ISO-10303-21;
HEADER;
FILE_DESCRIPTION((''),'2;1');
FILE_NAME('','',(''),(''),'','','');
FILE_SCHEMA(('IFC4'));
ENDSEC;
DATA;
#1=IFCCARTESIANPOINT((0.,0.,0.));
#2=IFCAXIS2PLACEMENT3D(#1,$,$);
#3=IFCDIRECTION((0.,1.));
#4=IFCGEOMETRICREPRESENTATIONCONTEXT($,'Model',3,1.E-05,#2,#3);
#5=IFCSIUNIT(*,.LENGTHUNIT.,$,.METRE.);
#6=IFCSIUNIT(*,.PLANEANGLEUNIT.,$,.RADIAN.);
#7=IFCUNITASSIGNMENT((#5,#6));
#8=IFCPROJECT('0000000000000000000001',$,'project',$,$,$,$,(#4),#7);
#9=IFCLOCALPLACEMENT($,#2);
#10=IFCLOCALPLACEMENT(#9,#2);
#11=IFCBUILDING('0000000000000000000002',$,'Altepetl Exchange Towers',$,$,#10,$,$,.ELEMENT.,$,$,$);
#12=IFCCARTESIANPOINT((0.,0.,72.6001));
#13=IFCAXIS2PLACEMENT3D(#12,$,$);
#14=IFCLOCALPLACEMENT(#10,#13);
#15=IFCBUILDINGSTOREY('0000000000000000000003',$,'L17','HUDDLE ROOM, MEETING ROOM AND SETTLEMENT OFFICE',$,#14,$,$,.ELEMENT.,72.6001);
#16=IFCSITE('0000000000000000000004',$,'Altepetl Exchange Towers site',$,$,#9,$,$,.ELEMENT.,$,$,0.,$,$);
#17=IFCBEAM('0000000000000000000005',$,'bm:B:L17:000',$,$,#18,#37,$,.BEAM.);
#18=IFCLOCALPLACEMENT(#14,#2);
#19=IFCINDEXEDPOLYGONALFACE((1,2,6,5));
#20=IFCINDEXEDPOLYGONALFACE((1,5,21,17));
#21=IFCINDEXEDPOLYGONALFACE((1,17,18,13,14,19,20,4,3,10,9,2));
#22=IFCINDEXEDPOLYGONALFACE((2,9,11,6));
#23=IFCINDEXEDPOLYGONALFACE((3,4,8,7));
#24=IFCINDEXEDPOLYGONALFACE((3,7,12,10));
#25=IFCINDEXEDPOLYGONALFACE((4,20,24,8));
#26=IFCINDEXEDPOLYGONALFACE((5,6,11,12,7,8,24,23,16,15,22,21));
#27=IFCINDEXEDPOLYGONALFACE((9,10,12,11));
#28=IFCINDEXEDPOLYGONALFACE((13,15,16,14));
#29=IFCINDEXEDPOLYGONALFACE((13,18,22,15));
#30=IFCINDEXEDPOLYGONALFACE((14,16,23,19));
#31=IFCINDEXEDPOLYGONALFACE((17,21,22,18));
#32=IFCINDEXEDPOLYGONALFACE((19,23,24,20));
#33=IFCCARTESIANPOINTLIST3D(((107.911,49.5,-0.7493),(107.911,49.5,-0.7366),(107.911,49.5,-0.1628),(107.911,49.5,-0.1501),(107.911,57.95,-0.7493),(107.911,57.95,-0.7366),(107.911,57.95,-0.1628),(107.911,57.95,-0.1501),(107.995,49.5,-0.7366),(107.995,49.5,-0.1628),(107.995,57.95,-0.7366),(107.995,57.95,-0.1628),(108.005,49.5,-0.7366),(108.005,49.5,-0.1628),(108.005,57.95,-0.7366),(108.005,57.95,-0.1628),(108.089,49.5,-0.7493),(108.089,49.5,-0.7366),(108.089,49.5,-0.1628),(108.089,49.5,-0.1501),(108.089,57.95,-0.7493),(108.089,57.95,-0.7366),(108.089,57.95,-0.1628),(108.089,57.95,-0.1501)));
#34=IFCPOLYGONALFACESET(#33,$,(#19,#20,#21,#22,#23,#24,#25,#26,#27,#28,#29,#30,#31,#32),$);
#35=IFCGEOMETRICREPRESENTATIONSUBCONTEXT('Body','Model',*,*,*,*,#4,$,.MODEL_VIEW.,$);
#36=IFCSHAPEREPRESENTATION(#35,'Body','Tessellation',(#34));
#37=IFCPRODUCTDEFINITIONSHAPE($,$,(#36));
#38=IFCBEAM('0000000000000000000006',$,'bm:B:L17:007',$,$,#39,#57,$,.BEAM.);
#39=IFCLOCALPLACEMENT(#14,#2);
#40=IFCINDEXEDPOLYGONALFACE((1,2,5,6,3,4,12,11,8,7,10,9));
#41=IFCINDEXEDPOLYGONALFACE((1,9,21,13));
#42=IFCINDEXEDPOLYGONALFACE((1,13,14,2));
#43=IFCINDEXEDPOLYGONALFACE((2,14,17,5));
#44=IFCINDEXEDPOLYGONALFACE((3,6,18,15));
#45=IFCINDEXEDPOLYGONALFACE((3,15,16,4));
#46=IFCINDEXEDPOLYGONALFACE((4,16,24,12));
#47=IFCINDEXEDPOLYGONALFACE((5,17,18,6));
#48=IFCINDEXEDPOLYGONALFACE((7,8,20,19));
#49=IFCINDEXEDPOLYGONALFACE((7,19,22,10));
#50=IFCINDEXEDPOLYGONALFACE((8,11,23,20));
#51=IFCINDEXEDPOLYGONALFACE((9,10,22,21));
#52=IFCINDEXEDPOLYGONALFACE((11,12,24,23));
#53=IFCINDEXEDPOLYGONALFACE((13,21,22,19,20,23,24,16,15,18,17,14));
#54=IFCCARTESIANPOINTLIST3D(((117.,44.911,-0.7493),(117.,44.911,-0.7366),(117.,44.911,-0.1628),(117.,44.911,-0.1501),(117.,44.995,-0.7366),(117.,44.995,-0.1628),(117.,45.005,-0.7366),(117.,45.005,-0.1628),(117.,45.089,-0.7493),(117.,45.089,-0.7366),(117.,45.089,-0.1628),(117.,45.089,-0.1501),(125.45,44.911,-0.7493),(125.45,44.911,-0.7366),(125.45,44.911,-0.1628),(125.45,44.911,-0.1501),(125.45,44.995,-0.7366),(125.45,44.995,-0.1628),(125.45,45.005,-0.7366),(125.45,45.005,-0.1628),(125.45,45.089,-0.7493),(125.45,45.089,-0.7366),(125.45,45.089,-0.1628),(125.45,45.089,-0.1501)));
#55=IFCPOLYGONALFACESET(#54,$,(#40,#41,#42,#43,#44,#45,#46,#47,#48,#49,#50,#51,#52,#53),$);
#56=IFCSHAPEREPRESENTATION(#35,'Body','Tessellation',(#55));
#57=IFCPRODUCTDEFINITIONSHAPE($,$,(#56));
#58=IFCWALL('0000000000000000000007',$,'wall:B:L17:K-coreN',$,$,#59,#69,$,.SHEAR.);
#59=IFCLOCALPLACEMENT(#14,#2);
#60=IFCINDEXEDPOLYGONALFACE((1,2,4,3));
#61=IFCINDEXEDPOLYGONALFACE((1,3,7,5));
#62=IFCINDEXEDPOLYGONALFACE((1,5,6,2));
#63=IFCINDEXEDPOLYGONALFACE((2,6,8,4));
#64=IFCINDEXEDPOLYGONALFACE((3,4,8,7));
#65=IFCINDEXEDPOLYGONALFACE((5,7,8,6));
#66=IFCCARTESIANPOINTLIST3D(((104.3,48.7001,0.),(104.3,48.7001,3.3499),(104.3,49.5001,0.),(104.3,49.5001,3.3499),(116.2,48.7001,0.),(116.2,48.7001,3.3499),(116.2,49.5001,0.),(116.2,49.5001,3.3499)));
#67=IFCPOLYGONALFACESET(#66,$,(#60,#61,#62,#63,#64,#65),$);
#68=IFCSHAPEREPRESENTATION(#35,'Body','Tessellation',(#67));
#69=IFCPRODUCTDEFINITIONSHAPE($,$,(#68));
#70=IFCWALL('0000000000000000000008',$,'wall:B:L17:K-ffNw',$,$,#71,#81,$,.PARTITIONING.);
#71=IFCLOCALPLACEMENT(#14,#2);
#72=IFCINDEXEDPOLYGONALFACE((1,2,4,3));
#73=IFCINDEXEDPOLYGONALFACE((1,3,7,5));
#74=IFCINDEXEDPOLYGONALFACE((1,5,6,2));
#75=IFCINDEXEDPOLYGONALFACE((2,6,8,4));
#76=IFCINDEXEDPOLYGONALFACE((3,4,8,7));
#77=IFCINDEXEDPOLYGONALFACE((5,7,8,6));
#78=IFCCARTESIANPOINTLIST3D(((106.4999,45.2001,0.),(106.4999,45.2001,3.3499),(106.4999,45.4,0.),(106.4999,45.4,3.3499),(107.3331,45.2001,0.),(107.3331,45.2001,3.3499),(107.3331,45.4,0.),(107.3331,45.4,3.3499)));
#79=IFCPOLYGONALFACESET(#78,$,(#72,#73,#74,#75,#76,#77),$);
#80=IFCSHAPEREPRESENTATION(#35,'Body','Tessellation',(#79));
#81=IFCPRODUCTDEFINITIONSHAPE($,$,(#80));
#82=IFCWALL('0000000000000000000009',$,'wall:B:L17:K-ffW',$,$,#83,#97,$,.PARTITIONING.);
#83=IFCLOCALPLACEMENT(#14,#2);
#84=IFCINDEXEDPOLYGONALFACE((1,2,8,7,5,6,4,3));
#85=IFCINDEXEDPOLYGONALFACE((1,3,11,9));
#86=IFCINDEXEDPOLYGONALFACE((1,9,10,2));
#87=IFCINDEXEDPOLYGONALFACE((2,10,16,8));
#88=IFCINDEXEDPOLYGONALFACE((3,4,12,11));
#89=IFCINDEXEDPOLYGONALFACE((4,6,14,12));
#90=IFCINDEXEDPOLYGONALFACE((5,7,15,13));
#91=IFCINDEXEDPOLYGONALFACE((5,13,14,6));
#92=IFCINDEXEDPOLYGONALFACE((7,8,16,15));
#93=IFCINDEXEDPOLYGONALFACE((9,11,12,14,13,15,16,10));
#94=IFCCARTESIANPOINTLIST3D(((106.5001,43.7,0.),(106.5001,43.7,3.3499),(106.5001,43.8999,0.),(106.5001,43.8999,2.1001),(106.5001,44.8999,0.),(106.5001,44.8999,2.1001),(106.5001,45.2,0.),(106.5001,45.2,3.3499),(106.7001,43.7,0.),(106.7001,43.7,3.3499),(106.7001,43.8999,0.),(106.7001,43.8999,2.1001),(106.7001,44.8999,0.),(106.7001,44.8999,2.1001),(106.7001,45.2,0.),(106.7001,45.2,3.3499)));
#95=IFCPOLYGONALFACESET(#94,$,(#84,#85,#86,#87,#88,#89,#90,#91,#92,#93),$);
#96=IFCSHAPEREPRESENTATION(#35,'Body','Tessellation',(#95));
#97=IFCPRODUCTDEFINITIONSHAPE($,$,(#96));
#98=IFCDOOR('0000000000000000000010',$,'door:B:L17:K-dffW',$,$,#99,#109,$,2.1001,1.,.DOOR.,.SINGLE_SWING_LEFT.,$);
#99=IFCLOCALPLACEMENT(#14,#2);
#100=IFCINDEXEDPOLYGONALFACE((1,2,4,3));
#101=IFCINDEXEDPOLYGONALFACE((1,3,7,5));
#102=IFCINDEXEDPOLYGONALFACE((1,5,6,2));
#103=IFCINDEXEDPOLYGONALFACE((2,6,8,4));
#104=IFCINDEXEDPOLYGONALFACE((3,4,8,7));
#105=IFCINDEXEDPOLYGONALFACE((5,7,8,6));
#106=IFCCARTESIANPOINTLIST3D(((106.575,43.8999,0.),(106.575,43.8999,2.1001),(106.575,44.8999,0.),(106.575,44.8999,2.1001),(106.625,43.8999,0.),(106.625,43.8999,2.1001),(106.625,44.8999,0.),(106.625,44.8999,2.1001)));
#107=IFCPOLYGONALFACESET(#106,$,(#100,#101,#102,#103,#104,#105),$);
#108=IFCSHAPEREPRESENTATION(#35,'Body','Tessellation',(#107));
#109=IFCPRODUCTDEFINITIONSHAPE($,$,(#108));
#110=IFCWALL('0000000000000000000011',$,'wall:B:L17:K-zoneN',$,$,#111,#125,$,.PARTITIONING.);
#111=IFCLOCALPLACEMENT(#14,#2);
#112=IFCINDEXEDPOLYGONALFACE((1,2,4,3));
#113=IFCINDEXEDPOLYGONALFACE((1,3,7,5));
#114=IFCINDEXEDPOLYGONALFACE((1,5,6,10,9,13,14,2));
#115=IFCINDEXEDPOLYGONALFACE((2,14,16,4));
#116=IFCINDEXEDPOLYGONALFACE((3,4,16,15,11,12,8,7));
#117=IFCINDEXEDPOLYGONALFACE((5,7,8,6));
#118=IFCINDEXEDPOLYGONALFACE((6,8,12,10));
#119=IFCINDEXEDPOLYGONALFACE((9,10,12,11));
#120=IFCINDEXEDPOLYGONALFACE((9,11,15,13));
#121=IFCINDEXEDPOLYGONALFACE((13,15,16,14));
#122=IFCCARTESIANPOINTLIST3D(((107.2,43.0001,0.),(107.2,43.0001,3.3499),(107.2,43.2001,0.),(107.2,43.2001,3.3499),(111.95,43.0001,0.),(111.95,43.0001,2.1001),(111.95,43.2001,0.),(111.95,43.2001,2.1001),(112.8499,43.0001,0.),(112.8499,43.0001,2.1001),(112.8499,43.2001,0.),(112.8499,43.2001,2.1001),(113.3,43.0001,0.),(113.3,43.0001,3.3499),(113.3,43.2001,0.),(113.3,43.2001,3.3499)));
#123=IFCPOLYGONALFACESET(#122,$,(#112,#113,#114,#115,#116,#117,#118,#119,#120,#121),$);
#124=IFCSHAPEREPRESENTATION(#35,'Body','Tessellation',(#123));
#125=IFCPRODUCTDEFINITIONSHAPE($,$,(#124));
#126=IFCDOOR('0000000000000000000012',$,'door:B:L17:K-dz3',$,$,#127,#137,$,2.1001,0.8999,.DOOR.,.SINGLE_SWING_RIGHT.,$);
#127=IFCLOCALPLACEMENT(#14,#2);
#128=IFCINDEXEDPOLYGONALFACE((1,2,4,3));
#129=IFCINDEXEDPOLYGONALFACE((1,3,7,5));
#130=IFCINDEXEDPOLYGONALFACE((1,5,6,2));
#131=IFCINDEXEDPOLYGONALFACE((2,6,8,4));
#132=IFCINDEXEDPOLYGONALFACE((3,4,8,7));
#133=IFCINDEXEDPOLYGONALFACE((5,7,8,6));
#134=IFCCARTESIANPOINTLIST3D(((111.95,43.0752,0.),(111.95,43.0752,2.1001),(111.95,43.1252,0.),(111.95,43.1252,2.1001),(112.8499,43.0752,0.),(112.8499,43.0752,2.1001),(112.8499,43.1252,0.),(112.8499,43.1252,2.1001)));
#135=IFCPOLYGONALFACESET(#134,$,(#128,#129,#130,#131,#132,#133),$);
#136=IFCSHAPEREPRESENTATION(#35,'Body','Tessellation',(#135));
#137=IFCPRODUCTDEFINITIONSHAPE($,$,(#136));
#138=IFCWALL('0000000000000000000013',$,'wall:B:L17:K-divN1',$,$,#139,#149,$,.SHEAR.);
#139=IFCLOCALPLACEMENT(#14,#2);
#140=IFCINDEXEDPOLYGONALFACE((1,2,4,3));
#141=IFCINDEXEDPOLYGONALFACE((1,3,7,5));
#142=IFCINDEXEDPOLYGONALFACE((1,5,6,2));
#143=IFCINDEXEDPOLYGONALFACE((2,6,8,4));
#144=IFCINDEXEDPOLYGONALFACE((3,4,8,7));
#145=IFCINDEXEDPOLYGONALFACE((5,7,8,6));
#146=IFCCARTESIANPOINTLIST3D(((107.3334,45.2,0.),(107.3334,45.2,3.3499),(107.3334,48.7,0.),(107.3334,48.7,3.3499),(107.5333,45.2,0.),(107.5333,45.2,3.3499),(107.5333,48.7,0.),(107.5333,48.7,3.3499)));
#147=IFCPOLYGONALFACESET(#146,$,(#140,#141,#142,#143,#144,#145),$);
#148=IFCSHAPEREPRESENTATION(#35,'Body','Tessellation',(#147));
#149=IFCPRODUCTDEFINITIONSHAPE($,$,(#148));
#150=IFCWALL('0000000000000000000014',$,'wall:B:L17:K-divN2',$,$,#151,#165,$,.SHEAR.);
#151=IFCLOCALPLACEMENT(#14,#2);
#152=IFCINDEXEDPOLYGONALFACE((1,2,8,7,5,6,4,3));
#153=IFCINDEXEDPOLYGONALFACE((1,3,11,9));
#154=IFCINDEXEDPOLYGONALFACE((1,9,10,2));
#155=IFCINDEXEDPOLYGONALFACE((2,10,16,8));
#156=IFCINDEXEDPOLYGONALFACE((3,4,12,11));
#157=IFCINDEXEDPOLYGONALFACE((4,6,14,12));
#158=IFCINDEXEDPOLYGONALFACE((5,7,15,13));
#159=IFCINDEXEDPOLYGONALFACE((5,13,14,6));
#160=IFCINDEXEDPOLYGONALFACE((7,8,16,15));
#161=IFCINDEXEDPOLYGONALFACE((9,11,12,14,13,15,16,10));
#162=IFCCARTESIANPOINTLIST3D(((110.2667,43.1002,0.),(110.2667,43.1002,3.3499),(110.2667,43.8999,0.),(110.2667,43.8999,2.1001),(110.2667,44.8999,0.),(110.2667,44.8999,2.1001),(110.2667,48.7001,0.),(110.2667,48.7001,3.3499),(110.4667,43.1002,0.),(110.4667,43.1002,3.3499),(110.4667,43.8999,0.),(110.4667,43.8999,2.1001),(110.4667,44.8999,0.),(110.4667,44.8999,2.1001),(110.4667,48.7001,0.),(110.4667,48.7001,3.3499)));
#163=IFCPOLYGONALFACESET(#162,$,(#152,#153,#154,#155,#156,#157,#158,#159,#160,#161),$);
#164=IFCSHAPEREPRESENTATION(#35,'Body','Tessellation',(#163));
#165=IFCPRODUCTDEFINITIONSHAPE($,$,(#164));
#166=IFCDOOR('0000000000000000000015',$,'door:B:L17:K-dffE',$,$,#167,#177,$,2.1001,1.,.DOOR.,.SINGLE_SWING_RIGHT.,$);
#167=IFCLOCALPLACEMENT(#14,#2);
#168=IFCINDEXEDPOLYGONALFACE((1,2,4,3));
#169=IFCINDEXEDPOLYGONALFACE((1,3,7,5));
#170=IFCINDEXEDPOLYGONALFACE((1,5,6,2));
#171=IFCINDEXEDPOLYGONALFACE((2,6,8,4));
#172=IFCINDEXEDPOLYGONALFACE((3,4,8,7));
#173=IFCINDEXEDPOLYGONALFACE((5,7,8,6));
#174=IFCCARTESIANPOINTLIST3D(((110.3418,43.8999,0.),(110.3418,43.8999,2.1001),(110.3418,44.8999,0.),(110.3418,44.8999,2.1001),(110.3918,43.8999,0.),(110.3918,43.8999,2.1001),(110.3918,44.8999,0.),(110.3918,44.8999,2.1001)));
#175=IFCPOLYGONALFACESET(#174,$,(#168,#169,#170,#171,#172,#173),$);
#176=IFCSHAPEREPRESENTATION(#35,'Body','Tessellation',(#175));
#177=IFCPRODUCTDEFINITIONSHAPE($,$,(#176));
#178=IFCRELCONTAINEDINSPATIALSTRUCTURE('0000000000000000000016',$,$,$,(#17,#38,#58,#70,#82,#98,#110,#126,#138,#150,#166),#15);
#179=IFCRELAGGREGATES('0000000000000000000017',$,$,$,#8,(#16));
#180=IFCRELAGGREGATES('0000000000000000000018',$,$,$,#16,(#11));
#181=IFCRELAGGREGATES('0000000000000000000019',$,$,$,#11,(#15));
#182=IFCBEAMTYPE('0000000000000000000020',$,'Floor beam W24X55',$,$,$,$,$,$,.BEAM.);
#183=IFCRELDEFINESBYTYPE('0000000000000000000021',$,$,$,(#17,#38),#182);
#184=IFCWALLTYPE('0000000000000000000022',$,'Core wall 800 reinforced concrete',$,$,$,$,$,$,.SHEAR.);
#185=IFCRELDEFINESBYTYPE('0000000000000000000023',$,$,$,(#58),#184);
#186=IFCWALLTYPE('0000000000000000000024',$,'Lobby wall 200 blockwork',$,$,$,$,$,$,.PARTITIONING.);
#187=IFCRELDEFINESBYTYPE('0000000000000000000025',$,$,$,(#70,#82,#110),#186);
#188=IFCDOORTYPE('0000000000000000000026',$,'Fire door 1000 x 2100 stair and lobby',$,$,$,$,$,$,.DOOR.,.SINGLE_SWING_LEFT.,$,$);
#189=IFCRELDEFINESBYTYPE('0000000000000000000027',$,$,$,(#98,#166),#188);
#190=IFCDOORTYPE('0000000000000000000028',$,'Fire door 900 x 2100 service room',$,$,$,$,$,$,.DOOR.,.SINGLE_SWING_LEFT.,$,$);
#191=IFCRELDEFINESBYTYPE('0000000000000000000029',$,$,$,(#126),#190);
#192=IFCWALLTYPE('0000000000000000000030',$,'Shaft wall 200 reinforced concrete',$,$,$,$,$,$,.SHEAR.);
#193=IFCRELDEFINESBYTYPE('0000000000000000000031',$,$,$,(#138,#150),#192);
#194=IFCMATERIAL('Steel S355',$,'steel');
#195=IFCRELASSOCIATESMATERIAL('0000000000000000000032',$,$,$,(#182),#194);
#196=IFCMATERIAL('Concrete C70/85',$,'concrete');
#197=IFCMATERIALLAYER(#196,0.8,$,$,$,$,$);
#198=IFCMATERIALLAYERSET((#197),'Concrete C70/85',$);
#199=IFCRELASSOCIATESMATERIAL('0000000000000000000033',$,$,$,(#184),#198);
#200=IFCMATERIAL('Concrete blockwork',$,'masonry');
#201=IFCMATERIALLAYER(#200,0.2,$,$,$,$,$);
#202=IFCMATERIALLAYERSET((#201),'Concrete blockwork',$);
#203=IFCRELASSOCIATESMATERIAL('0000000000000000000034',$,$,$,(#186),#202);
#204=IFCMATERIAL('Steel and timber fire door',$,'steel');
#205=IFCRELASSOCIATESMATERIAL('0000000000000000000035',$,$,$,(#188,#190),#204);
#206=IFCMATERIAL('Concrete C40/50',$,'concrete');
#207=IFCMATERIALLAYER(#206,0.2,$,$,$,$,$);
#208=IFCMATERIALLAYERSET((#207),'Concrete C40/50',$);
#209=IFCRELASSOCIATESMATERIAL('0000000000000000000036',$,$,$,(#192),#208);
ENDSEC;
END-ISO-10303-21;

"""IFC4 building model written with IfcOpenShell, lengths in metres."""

from ifc_helpers import new_model, si_unit, direction, frame, frame_2d, origin, origin_2d, place, context, subcontext, project, spatial, rectangle, i_section, extrude, material, layer, layer_set, material_profile, profile_set, type_object, element, fill, save


model = new_model("IFC4")

# Units and contexts
model_context = context("Model", 3, precision=1e-05, world=origin(), true_north=direction((0.0, 1.0)))
body_context = subcontext(model_context, "Body", "Model", "MODEL_VIEW")
ifc_project = project(units=[si_unit("LENGTHUNIT", "METRE"), si_unit("PLANEANGLEUNIT", "RADIAN")], contexts=[model_context])

# Site, building, storey
site_placement = place(None, origin())
site = spatial("IfcSite", under=ifc_project, at=site_placement, Name="Altepetl Exchange Towers site", CompositionType="ELEMENT", RefElevation=0.0)
building_placement = place(site_placement, origin())
building = spatial("IfcBuilding", under=site, at=building_placement, Name="Altepetl Exchange Towers", CompositionType="ELEMENT")
storey_placement = place(building_placement, frame((0.0, 0.0, 72.6001)))
storey = spatial("IfcBuildingStorey", under=building, at=storey_placement, Name="L17", Description="HUDDLE ROOM, MEETING ROOM AND SETTLEMENT OFFICE", CompositionType="ELEMENT", Elevation=72.6001)

# Beams
ifc_material_1 = material(Name="Steel S355", Category="steel")
ifc_material_profile = material_profile(ifc_material_1, i_section(OverallWidth=0.178, OverallDepth=0.5991, WebThickness=0.01, FlangeThickness=0.0127, at=origin_2d()), Name="W24X55")
ifc_profile_set = profile_set([ifc_material_profile], Name="Steel S355")
beam_type = type_object("IfcBeamType", Name="Floor beam W24X55", PredefinedType="BEAM", material=ifc_profile_set)
for number, where, z_axis, x_axis, name in (
    (1, (108.0, 49.5, -0.4497), (0.0, 1.0, 0.0), (-1.0, 0.0, 0.0), "bm:B:L17:000"),
    (2, (117.0, 45.0, -0.4497), (1.0, 0.0, 0.0), (0.0, 1.0, 0.0), "bm:B:L17:007"),
):
    element("IfcBeam", number, at=place(storey_placement, frame(where, z_axis=z_axis, x_axis=x_axis)), inside=storey, type_object=beam_type, Name=name, PredefinedType="BEAM", context=body_context, shape_type="SweptSolid", body=[
        extrude(i_section(OverallWidth=0.178, OverallDepth=0.5991, WebThickness=0.01, FlangeThickness=0.0127, at=origin_2d()), origin(), (0.0, 0.0, 1.0), 8.45),
    ])

# Walls
ifc_material_2 = material(Name="Concrete C70/85", Category="concrete")
ifc_layer_1 = layer(ifc_material_2, 0.8)
ifc_layer_set_1 = layer_set([ifc_layer_1], Name="Concrete C70/85")
wall_type_1 = type_object("IfcWallType", Name="Core wall 800 reinforced concrete", PredefinedType="SHEAR", material=ifc_layer_set_1)
wall_1_placement = place(storey_placement, frame((104.3, 49.1001, 0.0)))
element("IfcWall", 3, at=wall_1_placement, inside=storey, type_object=wall_type_1, Name="wall:B:L17:K-coreN", PredefinedType="SHEAR", context=body_context, shape_type="SweptSolid", body=[
    extrude(rectangle(XDim=11.8999, YDim=0.8, at=frame_2d((5.95, 0.0))), origin(), (0.0, 0.0, 1.0), 3.3499),
])
ifc_material_3 = material(Name="Concrete blockwork", Category="masonry")
ifc_layer_2 = layer(ifc_material_3, 0.2)
ifc_layer_set_2 = layer_set([ifc_layer_2], Name="Concrete blockwork")
wall_type_2 = type_object("IfcWallType", Name="Lobby wall 200 blockwork", PredefinedType="PARTITIONING", material=ifc_layer_set_2)
wall_2_placement = place(storey_placement, frame((106.5, 45.3, 0.0)))
element("IfcWall", 4, at=wall_2_placement, inside=storey, type_object=wall_type_2, Name="wall:B:L17:K-ffNw", PredefinedType="PARTITIONING", context=body_context, shape_type="SweptSolid", body=[
    extrude(rectangle(XDim=0.8333, YDim=0.2, at=frame_2d((0.4165, 0.0))), origin(), (0.0, 0.0, 1.0), 3.3499),
])

# Walls, openings, doors
wall_3_placement = place(storey_placement, frame((106.6001, 43.7, 0.0), z_axis=(0.0, 0.0, 1.0), x_axis=(0.0, 1.0, 0.0)))
wall_3 = element("IfcWall", 5, at=wall_3_placement, inside=storey, type_object=wall_type_2, Name="wall:B:L17:K-ffW", PredefinedType="PARTITIONING", context=body_context, shape_type="SweptSolid", body=[
    extrude(rectangle(XDim=1.5, YDim=0.2, at=frame_2d((0.75, 0.0))), origin(), (0.0, 0.0, 1.0), 3.3499),
])
opening_1_placement = place(wall_3_placement, frame((0.2, 0.0, 0.0)))
opening_1 = element("IfcOpeningElement", 6, at=opening_1_placement, cuts=wall_3, PredefinedType="OPENING", context=body_context, shape_type="SweptSolid", body=[
    extrude(rectangle(XDim=1.0, YDim=2.1001, at=frame_2d((0.5, 1.05))), frame((0.0, 0.1099, 0.0), z_axis=(0.0, -1.0, 0.0), x_axis=(1.0, 0.0, 0.0)), (0.0, 0.0, 1.0), 0.22),
])
ifc_material_4 = material(Name="Steel and timber fire door", Category="steel")
door_type_1 = type_object("IfcDoorType", Name="Fire door 1000 x 2100 stair and lobby", OperationType="SINGLE_SWING_LEFT", PredefinedType="DOOR", material=ifc_material_4)
door_1_placement = place(opening_1_placement, frame((1.0, 0.0, 0.0), x_axis=(-1.0, 0.0, 0.0)))
door_1 = element("IfcDoor", 7, at=door_1_placement, inside=storey, type_object=door_type_1, Name="door:B:L17:K-dffW", OperationType="SINGLE_SWING_LEFT", OverallHeight=2.1001, OverallWidth=1.0, PredefinedType="DOOR", context=body_context, shape_type="SweptSolid", body=[
    extrude(rectangle(XDim=1.0, YDim=2.1001, at=frame_2d((0.5, 1.05))), frame((0.0, 0.0249, 0.0), z_axis=(0.0, -1.0, 0.0), x_axis=(1.0, 0.0, 0.0)), (0.0, 0.0, 1.0), 0.05),
])
fill(opening_1, door_1)
wall_4_placement = place(storey_placement, frame((107.2, 43.1001, 0.0)))
wall_4 = element("IfcWall", 8, at=wall_4_placement, inside=storey, type_object=wall_type_2, Name="wall:B:L17:K-zoneN", PredefinedType="PARTITIONING", context=body_context, shape_type="SweptSolid", body=[
    extrude(rectangle(XDim=6.1001, YDim=0.2, at=frame_2d((3.05, 0.0))), origin(), (0.0, 0.0, 1.0), 3.3499),
])
opening_2_placement = place(wall_4_placement, frame((4.75, 0.0, 0.0)))
opening_2 = element("IfcOpeningElement", 9, at=opening_2_placement, cuts=wall_4, PredefinedType="OPENING", context=body_context, shape_type="SweptSolid", body=[
    extrude(rectangle(XDim=0.8999, YDim=2.1001, at=frame_2d((0.45, 1.05))), frame((0.0, 0.1099, 0.0), z_axis=(0.0, -1.0, 0.0), x_axis=(1.0, 0.0, 0.0)), (0.0, 0.0, 1.0), 0.22),
])
door_type_2 = type_object("IfcDoorType", Name="Fire door 900 x 2100 service room", OperationType="SINGLE_SWING_LEFT", PredefinedType="DOOR", material=ifc_material_4)
door_2_placement = place(opening_2_placement, frame((0.8999, 0.0, 0.0), x_axis=(-1.0, 0.0, 0.0)))
door_2 = element("IfcDoor", 10, at=door_2_placement, inside=storey, type_object=door_type_2, Name="door:B:L17:K-dz3", OperationType="SINGLE_SWING_RIGHT", OverallHeight=2.1001, OverallWidth=0.8999, PredefinedType="DOOR", context=body_context, shape_type="SweptSolid", body=[
    extrude(rectangle(XDim=0.8999, YDim=2.1001, at=frame_2d((0.45, 1.05))), frame((0.0, 0.0249, 0.0), z_axis=(0.0, -1.0, 0.0), x_axis=(1.0, 0.0, 0.0)), (0.0, 0.0, 1.0), 0.05),
])
fill(opening_2, door_2)

# Wall
ifc_material_5 = material(Name="Concrete C40/50", Category="concrete")
ifc_layer_3 = layer(ifc_material_5, 0.2)
ifc_layer_set_3 = layer_set([ifc_layer_3], Name="Concrete C40/50")
wall_type_3 = type_object("IfcWallType", Name="Shaft wall 200 reinforced concrete", PredefinedType="SHEAR", material=ifc_layer_set_3)
wall_5_placement = place(storey_placement, frame((107.4333, 48.7, 0.0), z_axis=(0.0, 0.0, 1.0), x_axis=(0.0, -1.0, 0.0)))
element("IfcWall", 11, at=wall_5_placement, inside=storey, type_object=wall_type_3, Name="wall:B:L17:K-divN1", PredefinedType="SHEAR", context=body_context, shape_type="SweptSolid", body=[
    extrude(rectangle(XDim=3.5, YDim=0.2, at=frame_2d((1.75, 0.0))), origin(), (0.0, 0.0, 1.0), 3.3499),
])

# Wall, opening, door
wall_6_placement = place(storey_placement, frame((110.3667, 48.7, 0.0), z_axis=(0.0, 0.0, 1.0), x_axis=(0.0, -1.0, 0.0)))
wall_6 = element("IfcWall", 12, at=wall_6_placement, inside=storey, type_object=wall_type_3, Name="wall:B:L17:K-divN2", PredefinedType="SHEAR", context=body_context, shape_type="SweptSolid", body=[
    extrude(rectangle(XDim=5.5999, YDim=0.2, at=frame_2d((2.7998, 0.0))), origin(), (0.0, 0.0, 1.0), 3.3499),
])
opening_3_placement = place(wall_6_placement, frame((3.8, 0.0, 0.0)))
opening_3 = element("IfcOpeningElement", 13, at=opening_3_placement, cuts=wall_6, PredefinedType="OPENING", context=body_context, shape_type="SweptSolid", body=[
    extrude(rectangle(XDim=1.0, YDim=2.1001, at=frame_2d((0.5, 1.05))), frame((0.0, 0.1099, 0.0), z_axis=(0.0, -1.0, 0.0), x_axis=(1.0, 0.0, 0.0)), (0.0, 0.0, 1.0), 0.22),
])
door_3_placement = place(opening_3_placement, frame((1.0, 0.0, 0.0), x_axis=(-1.0, 0.0, 0.0)))
door_3 = element("IfcDoor", 14, at=door_3_placement, inside=storey, type_object=door_type_1, Name="door:B:L17:K-dffE", OperationType="SINGLE_SWING_RIGHT", OverallHeight=2.1001, OverallWidth=1.0, PredefinedType="DOOR", context=body_context, shape_type="SweptSolid", body=[
    extrude(rectangle(XDim=1.0, YDim=2.1001, at=frame_2d((0.5, 1.05))), frame((0.0, 0.0249, 0.0), z_axis=(0.0, -1.0, 0.0), x_axis=(1.0, 0.0, 0.0)), (0.0, 0.0, 1.0), 0.05),
])
fill(opening_3, door_3)

save(model, "model.ifc")
